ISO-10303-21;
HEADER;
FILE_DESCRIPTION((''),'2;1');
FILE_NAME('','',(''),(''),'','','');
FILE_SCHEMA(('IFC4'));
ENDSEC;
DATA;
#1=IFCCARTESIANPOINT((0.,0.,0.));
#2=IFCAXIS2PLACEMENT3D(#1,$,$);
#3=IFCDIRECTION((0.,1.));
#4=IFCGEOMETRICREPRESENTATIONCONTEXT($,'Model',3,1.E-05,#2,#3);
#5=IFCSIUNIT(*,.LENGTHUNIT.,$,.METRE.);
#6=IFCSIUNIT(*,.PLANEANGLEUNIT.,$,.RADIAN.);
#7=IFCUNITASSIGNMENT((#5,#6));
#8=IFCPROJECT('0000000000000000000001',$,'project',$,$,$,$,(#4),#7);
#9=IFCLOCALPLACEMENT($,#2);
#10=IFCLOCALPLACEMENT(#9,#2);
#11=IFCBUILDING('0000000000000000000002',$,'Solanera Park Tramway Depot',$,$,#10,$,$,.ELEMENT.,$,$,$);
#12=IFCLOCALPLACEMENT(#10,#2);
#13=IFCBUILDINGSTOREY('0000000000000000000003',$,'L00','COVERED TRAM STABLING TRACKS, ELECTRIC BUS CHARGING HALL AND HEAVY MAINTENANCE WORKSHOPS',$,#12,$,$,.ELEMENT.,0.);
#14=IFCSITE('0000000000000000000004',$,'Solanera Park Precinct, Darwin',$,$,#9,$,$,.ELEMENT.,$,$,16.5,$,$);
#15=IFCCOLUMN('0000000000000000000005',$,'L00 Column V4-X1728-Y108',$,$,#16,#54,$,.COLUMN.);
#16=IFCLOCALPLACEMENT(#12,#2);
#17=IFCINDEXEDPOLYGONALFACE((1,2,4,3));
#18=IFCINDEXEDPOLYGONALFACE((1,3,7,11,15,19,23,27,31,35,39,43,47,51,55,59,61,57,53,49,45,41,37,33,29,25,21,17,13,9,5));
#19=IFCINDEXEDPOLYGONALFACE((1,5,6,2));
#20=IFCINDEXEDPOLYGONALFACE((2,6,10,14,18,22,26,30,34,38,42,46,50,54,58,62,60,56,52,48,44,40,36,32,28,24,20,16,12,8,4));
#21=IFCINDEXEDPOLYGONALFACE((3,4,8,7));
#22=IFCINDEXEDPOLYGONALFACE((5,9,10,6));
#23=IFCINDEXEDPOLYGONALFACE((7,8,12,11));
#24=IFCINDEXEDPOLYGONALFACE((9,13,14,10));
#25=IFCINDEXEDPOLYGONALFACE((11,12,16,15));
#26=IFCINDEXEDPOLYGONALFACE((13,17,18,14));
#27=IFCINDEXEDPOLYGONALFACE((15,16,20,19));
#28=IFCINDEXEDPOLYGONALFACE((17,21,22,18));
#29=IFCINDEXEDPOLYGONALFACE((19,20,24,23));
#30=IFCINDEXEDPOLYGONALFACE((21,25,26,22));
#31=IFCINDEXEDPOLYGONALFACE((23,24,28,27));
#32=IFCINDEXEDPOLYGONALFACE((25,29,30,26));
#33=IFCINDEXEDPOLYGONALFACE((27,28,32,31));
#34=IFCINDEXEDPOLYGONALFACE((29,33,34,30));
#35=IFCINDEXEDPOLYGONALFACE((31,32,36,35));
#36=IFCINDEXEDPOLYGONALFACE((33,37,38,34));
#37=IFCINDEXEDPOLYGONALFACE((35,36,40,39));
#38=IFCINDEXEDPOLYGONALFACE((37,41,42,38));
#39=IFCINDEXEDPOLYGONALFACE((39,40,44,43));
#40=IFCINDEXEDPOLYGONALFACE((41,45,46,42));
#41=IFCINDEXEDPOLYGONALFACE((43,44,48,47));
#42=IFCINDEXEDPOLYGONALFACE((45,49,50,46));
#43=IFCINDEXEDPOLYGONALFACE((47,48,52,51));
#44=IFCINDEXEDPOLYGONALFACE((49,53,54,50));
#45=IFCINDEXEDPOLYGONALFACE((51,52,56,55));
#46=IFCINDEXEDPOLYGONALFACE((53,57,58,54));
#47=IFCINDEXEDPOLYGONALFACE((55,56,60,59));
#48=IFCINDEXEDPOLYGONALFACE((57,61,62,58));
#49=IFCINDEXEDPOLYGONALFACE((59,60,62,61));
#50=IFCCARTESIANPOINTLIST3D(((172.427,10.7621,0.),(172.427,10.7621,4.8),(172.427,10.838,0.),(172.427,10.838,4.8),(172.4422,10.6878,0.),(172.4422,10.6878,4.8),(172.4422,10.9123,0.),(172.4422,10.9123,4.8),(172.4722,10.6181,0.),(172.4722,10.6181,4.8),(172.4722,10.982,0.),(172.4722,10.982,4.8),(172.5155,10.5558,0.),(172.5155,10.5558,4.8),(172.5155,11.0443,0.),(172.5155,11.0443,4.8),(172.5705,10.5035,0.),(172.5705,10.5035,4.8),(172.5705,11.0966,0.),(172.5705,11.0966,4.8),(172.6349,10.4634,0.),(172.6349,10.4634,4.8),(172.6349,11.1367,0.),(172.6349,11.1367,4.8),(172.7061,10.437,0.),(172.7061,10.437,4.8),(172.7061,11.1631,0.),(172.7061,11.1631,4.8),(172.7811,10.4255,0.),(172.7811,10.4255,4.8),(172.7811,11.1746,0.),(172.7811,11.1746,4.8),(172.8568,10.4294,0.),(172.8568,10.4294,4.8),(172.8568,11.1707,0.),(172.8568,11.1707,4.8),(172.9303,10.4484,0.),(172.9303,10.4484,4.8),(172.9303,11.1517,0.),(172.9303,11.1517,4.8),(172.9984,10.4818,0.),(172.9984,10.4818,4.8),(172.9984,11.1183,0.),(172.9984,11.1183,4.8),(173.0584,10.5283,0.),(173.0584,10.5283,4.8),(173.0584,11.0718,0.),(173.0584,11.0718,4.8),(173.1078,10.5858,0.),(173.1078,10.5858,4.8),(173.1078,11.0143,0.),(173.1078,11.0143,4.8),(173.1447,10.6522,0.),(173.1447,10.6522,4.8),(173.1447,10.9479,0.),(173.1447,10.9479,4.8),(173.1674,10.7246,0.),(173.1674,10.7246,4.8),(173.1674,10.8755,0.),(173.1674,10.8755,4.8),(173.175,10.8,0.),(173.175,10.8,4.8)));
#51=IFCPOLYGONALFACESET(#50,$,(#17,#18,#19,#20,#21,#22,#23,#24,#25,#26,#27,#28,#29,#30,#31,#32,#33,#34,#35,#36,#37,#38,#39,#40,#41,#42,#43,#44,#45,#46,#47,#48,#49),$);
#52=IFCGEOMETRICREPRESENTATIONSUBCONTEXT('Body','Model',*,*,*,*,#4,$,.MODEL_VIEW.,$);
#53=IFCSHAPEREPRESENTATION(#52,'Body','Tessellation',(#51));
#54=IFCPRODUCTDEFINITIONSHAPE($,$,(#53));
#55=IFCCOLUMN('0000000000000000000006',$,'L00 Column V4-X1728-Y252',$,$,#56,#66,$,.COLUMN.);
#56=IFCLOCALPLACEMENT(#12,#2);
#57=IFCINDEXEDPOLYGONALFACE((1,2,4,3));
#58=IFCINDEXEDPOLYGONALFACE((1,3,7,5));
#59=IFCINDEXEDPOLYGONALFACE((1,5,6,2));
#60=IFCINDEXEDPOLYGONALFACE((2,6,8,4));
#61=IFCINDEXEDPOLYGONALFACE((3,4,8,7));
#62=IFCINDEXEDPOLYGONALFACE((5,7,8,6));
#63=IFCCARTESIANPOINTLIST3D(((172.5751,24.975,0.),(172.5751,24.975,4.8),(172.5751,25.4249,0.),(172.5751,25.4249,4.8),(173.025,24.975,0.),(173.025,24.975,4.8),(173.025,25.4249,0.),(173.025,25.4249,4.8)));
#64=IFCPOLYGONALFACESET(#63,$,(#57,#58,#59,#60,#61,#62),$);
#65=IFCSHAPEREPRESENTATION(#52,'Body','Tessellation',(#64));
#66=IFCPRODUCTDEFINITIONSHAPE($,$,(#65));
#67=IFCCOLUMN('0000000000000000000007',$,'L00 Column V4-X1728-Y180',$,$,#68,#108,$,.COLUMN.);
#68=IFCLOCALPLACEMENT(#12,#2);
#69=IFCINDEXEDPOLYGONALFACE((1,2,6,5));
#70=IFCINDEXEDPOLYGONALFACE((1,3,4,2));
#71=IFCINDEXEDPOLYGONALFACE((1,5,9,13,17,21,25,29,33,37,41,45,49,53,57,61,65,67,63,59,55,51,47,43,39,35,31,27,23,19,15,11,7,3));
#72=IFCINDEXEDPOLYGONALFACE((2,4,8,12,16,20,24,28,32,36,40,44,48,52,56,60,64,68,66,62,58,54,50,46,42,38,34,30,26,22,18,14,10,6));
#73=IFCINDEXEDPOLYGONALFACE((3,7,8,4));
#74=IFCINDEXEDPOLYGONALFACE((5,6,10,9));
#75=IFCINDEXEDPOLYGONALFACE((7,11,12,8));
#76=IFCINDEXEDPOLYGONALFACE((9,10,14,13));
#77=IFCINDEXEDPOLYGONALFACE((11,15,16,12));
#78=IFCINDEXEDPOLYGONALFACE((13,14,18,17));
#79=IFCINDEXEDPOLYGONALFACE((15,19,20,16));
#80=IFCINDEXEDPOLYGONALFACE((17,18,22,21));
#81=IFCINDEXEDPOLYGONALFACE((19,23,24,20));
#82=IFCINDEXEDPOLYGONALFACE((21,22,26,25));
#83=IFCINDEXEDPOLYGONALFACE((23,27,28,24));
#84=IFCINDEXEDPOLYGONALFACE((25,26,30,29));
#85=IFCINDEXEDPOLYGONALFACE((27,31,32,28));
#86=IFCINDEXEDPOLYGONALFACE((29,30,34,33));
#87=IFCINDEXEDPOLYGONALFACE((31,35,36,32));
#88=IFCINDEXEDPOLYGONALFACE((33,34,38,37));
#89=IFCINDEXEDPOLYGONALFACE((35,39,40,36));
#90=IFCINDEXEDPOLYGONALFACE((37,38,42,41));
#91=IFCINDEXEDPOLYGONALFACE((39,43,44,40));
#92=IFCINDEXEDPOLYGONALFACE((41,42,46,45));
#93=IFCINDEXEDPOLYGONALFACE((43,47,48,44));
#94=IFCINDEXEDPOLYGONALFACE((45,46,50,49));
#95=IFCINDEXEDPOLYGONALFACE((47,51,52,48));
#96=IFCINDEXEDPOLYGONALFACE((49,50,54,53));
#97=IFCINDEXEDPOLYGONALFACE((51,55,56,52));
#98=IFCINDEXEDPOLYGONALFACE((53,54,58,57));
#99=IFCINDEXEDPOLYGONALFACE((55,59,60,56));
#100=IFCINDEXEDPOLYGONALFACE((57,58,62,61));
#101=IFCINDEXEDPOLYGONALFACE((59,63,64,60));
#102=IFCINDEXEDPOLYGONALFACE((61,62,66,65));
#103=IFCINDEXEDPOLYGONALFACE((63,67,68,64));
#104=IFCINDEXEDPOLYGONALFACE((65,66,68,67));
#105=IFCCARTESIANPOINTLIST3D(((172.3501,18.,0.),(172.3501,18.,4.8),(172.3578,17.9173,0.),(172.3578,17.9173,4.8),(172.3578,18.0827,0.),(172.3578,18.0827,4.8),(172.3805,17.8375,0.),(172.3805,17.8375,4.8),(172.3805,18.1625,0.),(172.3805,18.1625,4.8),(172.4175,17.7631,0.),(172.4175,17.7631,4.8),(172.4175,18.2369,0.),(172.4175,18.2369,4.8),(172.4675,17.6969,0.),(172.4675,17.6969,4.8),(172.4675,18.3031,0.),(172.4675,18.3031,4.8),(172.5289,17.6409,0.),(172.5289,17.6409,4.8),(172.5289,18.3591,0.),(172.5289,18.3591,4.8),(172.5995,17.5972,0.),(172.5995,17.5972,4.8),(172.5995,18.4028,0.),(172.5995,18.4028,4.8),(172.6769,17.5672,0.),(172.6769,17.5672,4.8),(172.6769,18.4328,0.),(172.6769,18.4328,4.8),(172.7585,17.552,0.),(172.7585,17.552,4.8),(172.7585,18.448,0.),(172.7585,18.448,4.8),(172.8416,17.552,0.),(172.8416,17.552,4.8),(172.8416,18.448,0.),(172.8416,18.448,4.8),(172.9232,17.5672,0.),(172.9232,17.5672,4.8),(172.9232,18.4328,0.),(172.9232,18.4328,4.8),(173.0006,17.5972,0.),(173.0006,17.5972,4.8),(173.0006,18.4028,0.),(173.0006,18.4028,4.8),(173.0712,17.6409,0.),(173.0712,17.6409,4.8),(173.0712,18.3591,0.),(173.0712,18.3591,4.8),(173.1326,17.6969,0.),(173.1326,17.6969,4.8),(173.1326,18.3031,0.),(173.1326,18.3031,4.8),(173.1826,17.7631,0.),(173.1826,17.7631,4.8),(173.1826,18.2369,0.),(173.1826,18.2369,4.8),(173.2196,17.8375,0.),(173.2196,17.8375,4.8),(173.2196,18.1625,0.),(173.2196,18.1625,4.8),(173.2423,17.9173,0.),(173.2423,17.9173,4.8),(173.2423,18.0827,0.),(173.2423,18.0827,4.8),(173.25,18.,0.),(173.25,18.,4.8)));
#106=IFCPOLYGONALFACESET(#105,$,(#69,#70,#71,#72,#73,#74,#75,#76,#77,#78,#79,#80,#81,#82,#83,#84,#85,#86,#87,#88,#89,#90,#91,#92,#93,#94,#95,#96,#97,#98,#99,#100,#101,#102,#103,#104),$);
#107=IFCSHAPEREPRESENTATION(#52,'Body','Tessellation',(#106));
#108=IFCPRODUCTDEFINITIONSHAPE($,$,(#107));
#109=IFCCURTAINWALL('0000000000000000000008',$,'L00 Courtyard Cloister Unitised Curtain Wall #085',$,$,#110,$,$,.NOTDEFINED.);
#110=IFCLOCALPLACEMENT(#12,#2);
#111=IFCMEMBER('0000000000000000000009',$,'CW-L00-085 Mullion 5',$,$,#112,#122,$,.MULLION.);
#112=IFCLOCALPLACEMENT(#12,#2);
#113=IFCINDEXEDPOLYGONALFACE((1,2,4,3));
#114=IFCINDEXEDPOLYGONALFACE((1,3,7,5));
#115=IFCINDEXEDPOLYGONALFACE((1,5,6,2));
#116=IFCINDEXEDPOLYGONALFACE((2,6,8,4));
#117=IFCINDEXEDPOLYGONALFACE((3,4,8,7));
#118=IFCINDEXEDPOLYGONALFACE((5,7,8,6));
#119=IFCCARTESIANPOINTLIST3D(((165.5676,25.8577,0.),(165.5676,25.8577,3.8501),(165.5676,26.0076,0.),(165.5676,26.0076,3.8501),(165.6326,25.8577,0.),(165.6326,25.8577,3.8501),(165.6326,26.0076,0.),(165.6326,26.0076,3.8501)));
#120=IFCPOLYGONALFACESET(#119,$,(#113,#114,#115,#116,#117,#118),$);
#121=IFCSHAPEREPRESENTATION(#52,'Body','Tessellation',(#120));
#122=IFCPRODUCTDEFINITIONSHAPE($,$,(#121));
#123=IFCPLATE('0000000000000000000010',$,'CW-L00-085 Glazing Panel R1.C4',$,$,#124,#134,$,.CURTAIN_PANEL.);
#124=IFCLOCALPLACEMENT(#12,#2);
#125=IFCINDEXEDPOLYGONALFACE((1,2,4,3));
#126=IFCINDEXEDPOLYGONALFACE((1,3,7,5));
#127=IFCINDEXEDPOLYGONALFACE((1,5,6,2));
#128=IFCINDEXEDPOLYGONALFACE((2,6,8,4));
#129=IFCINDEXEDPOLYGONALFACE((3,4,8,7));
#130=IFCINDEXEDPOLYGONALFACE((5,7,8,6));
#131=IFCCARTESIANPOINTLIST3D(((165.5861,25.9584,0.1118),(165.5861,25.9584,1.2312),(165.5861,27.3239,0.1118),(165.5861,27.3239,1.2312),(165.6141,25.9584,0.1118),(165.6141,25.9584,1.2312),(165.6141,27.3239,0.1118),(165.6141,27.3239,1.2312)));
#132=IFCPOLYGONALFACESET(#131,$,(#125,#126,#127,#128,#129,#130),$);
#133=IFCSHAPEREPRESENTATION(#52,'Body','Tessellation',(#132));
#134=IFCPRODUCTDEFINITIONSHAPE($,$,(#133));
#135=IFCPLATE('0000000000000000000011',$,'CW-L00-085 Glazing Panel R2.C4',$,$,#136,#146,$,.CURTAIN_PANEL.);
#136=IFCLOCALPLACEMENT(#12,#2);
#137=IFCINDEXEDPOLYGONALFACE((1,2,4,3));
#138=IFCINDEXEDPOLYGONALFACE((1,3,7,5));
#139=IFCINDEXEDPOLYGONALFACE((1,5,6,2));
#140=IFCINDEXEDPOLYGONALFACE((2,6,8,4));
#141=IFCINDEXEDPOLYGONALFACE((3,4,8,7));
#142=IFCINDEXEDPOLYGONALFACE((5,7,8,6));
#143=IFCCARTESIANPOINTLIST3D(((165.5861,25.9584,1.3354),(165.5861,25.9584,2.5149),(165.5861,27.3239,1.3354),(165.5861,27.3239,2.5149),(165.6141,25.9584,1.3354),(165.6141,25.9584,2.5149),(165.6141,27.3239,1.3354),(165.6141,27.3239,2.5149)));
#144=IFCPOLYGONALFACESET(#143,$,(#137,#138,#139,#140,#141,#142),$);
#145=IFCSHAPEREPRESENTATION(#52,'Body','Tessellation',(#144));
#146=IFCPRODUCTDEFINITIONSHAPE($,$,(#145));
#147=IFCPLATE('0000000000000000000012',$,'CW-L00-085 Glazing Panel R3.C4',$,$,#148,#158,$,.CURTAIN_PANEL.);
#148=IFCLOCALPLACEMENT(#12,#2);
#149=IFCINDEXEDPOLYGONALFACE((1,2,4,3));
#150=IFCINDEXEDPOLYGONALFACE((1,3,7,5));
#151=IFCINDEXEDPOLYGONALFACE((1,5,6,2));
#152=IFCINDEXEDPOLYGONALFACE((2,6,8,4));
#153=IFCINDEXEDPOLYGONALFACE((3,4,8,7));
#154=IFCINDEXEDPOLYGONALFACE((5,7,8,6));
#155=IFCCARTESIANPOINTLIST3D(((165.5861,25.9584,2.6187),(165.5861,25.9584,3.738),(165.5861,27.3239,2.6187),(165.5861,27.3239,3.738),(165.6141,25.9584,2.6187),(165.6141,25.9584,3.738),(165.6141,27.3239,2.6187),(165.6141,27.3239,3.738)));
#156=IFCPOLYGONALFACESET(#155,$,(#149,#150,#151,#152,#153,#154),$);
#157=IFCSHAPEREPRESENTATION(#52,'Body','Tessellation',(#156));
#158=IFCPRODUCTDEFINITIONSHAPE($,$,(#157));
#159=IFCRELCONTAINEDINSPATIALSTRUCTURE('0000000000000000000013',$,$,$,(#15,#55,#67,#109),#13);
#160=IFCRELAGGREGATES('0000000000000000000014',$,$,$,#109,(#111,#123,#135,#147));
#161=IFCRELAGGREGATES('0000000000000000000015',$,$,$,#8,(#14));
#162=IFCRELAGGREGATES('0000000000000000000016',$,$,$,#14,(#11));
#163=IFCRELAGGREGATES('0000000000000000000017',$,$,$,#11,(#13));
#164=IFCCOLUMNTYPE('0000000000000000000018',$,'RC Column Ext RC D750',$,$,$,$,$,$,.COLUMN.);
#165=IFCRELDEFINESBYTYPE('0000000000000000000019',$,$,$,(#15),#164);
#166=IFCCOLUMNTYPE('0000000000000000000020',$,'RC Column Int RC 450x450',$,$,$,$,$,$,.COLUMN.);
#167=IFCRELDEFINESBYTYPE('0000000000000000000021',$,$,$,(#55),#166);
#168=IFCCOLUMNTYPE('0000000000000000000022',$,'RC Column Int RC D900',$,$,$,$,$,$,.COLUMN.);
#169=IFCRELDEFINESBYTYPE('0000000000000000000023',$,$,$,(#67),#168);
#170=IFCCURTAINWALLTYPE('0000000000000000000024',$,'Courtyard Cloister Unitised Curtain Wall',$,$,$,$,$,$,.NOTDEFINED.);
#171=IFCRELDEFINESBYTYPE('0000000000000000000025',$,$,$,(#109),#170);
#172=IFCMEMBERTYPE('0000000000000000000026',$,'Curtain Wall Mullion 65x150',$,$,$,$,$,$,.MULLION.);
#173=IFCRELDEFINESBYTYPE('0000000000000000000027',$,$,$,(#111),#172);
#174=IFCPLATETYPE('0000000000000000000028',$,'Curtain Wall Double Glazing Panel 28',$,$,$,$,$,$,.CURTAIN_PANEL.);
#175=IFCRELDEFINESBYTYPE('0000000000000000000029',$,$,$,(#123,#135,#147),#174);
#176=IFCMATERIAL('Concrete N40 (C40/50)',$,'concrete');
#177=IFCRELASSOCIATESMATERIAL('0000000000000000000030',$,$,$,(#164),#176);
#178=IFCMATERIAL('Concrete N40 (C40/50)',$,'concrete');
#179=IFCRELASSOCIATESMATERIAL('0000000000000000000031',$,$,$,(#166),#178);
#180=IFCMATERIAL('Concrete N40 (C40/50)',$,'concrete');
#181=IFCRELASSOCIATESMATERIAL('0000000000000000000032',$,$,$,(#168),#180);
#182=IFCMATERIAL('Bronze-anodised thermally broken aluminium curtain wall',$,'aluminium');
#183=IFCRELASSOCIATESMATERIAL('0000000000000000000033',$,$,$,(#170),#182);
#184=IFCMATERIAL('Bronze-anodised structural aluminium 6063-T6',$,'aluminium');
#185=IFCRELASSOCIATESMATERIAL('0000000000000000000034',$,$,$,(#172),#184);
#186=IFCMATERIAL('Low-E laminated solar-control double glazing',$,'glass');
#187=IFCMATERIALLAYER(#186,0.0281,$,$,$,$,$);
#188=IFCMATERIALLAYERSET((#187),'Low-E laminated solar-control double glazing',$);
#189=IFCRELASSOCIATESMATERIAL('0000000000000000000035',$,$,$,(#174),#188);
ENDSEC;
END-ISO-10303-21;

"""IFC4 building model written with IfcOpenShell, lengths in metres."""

from ifc_helpers import new_model, si_unit, direction, frame, origin, origin_2d, place, context, subcontext, project, spatial, rectangle, circle, extrude, material, layer, layer_set, material_profile, profile_set, type_object, element, aggregate, save


model = new_model("IFC4")

# Units and contexts
model_context = context("Model", 3, precision=1e-05, world=origin(), true_north=direction((0.0, 1.0)))
body_context = subcontext(model_context, "Body", "Model", "MODEL_VIEW")
ifc_project = project(units=[si_unit("LENGTHUNIT", "METRE"), si_unit("PLANEANGLEUNIT", "RADIAN")], contexts=[model_context])

# Site, building, storey
site_placement = place(None, origin())
site = spatial("IfcSite", under=ifc_project, at=site_placement, Name="Solanera Park Precinct, Darwin", CompositionType="ELEMENT", RefElevation=16.5)
building_placement = place(site_placement, origin())
building = spatial("IfcBuilding", under=site, at=building_placement, Name="Solanera Park Tramway Depot", CompositionType="ELEMENT")
storey_placement = place(building_placement, origin())
storey = spatial("IfcBuildingStorey", under=building, at=storey_placement, Name="L00", Description="COVERED TRAM STABLING TRACKS, ELECTRIC BUS CHARGING HALL AND HEAVY MAINTENANCE WORKSHOPS", CompositionType="ELEMENT", Elevation=0.0)

# Columns
ifc_material_1 = material(Name="Concrete N40 (C40/50)", Category="concrete")
ifc_material_profile_1 = material_profile(ifc_material_1, circle(Radius=0.375, at=origin_2d()), Name="RC D750")
ifc_profile_set_1 = profile_set([ifc_material_profile_1], Name="Concrete N40 (C40/50)")
column_type_1 = type_object("IfcColumnType", Name="RC Column Ext RC D750", PredefinedType="COLUMN", material=ifc_profile_set_1)
column_1_placement = place(storey_placement, frame((172.8, 10.8, 0.0), z_axis=(0.0, 0.0, 1.0), x_axis=(1.0, 0.0, 0.0)))
element("IfcColumn", 1, at=column_1_placement, inside=storey, type_object=column_type_1, Name="L00 Column V4-X1728-Y108", PredefinedType="COLUMN", context=body_context, shape_type="SweptSolid", body=[
    extrude(circle(Radius=0.375, at=origin_2d()), origin(), (0.0, 0.0, 1.0), 4.8),
])
ifc_material_2 = material(Name="Concrete N40 (C40/50)", Category="concrete")
ifc_material_profile_2 = material_profile(ifc_material_2, rectangle(XDim=0.45, YDim=0.45, at=origin_2d()), Name="RC 450x450")
ifc_profile_set_2 = profile_set([ifc_material_profile_2], Name="Concrete N40 (C40/50)")
column_type_2 = type_object("IfcColumnType", Name="RC Column Int RC 450x450", PredefinedType="COLUMN", material=ifc_profile_set_2)
column_2_placement = place(storey_placement, frame((172.8, 25.2, 0.0), z_axis=(0.0, 0.0, 1.0), x_axis=(1.0, 0.0, 0.0)))
element("IfcColumn", 2, at=column_2_placement, inside=storey, type_object=column_type_2, Name="L00 Column V4-X1728-Y252", PredefinedType="COLUMN", context=body_context, shape_type="SweptSolid", body=[
    extrude(rectangle(XDim=0.45, YDim=0.45, at=origin_2d()), origin(), (0.0, 0.0, 1.0), 4.8),
])
ifc_material_3 = material(Name="Concrete N40 (C40/50)", Category="concrete")
ifc_material_profile_3 = material_profile(ifc_material_3, circle(Radius=0.45, at=origin_2d()), Name="RC D900")
ifc_profile_set_3 = profile_set([ifc_material_profile_3], Name="Concrete N40 (C40/50)")
column_type_3 = type_object("IfcColumnType", Name="RC Column Int RC D900", PredefinedType="COLUMN", material=ifc_profile_set_3)
column_3_placement = place(storey_placement, frame((172.8, 18.0, 0.0), z_axis=(0.0, 0.0, 1.0), x_axis=(1.0, 0.0, 0.0)))
element("IfcColumn", 3, at=column_3_placement, inside=storey, type_object=column_type_3, Name="L00 Column V4-X1728-Y180", PredefinedType="COLUMN", context=body_context, shape_type="SweptSolid", body=[
    extrude(circle(Radius=0.45, at=origin_2d()), origin(), (0.0, 0.0, 1.0), 4.8),
])

# Curtain wall, member, plates
ifc_material_4 = material(Name="Bronze-anodised thermally broken aluminium curtain wall", Category="aluminium")
curtain_wall_type = type_object("IfcCurtainWallType", Name="Courtyard Cloister Unitised Curtain Wall", PredefinedType="NOTDEFINED", material=ifc_material_4)
curtain_wall_placement = place(storey_placement, origin())
curtain_wall = element("IfcCurtainWall", 4, at=curtain_wall_placement, inside=storey, type_object=curtain_wall_type, Name="L00 Courtyard Cloister Unitised Curtain Wall #085", PredefinedType="NOTDEFINED")
ifc_material_5 = material(Name="Bronze-anodised structural aluminium 6063-T6", Category="aluminium")
ifc_material_profile_4 = material_profile(ifc_material_5, rectangle(XDim=0.0649, YDim=0.1499, at=origin_2d()), Name="Curtain Wall Mullion 65x150")
ifc_profile_set_4 = profile_set([ifc_material_profile_4], Name="Bronze-anodised structural aluminium 6063-T6")
member_type = type_object("IfcMemberType", Name="Curtain Wall Mullion 65x150", PredefinedType="MULLION", material=ifc_profile_set_4)
member_placement = place(storey_placement, frame((165.6001, 25.9326, 0.0), z_axis=(0.0, 0.0, 1.0), x_axis=(1.0, 0.0, 0.0)))
member = element("IfcMember", 5, at=member_placement, type_object=member_type, Name="CW-L00-085 Mullion 5", PredefinedType="MULLION", context=body_context, shape_type="SweptSolid", body=[
    extrude(rectangle(XDim=0.0649, YDim=0.1499, at=origin_2d()), origin(), (0.0, 0.0, 1.0), 3.8501),
])
ifc_material_6 = material(Name="Low-E laminated solar-control double glazing", Category="glass")
ifc_layer_1 = layer(ifc_material_6, 0.0281)
ifc_layer_set_1 = layer_set([ifc_layer_1], Name="Low-E laminated solar-control double glazing")
plate_type = type_object("IfcPlateType", Name="Curtain Wall Double Glazing Panel 28", PredefinedType="CURTAIN_PANEL", material=ifc_layer_set_1)
plate_1_placement = place(storey_placement, frame((165.6001, 26.6411, 0.1118), z_axis=(0.0, 0.0, 1.0), x_axis=(0.0, -1.0, 0.0)))
plate_1 = element("IfcPlate", 6, at=plate_1_placement, type_object=plate_type, Name="CW-L00-085 Glazing Panel R1.C4", PredefinedType="CURTAIN_PANEL", context=body_context, shape_type="SweptSolid", body=[
    extrude(rectangle(XDim=1.3655, YDim=0.0281, at=origin_2d()), origin(), (0.0, 0.0, 1.0), 1.1194),
])
plate_2_placement = place(storey_placement, frame((165.6001, 26.6411, 1.3354), z_axis=(0.0, 0.0, 1.0), x_axis=(0.0, -1.0, 0.0)))
plate_2 = element("IfcPlate", 7, at=plate_2_placement, type_object=plate_type, Name="CW-L00-085 Glazing Panel R2.C4", PredefinedType="CURTAIN_PANEL", context=body_context, shape_type="SweptSolid", body=[
    extrude(rectangle(XDim=1.3655, YDim=0.0281, at=origin_2d()), origin(), (0.0, 0.0, 1.0), 1.1794),
])
plate_3_placement = place(storey_placement, frame((165.6001, 26.6411, 2.6187), z_axis=(0.0, 0.0, 1.0), x_axis=(0.0, -1.0, 0.0)))
plate_3 = element("IfcPlate", 8, at=plate_3_placement, type_object=plate_type, Name="CW-L00-085 Glazing Panel R3.C4", PredefinedType="CURTAIN_PANEL", context=body_context, shape_type="SweptSolid", body=[
    extrude(rectangle(XDim=1.3655, YDim=0.0281, at=origin_2d()), origin(), (0.0, 0.0, 1.0), 1.1194),
])
aggregate(curtain_wall, [member, plate_1, plate_2, plate_3])

save(model, "model.ifc")
